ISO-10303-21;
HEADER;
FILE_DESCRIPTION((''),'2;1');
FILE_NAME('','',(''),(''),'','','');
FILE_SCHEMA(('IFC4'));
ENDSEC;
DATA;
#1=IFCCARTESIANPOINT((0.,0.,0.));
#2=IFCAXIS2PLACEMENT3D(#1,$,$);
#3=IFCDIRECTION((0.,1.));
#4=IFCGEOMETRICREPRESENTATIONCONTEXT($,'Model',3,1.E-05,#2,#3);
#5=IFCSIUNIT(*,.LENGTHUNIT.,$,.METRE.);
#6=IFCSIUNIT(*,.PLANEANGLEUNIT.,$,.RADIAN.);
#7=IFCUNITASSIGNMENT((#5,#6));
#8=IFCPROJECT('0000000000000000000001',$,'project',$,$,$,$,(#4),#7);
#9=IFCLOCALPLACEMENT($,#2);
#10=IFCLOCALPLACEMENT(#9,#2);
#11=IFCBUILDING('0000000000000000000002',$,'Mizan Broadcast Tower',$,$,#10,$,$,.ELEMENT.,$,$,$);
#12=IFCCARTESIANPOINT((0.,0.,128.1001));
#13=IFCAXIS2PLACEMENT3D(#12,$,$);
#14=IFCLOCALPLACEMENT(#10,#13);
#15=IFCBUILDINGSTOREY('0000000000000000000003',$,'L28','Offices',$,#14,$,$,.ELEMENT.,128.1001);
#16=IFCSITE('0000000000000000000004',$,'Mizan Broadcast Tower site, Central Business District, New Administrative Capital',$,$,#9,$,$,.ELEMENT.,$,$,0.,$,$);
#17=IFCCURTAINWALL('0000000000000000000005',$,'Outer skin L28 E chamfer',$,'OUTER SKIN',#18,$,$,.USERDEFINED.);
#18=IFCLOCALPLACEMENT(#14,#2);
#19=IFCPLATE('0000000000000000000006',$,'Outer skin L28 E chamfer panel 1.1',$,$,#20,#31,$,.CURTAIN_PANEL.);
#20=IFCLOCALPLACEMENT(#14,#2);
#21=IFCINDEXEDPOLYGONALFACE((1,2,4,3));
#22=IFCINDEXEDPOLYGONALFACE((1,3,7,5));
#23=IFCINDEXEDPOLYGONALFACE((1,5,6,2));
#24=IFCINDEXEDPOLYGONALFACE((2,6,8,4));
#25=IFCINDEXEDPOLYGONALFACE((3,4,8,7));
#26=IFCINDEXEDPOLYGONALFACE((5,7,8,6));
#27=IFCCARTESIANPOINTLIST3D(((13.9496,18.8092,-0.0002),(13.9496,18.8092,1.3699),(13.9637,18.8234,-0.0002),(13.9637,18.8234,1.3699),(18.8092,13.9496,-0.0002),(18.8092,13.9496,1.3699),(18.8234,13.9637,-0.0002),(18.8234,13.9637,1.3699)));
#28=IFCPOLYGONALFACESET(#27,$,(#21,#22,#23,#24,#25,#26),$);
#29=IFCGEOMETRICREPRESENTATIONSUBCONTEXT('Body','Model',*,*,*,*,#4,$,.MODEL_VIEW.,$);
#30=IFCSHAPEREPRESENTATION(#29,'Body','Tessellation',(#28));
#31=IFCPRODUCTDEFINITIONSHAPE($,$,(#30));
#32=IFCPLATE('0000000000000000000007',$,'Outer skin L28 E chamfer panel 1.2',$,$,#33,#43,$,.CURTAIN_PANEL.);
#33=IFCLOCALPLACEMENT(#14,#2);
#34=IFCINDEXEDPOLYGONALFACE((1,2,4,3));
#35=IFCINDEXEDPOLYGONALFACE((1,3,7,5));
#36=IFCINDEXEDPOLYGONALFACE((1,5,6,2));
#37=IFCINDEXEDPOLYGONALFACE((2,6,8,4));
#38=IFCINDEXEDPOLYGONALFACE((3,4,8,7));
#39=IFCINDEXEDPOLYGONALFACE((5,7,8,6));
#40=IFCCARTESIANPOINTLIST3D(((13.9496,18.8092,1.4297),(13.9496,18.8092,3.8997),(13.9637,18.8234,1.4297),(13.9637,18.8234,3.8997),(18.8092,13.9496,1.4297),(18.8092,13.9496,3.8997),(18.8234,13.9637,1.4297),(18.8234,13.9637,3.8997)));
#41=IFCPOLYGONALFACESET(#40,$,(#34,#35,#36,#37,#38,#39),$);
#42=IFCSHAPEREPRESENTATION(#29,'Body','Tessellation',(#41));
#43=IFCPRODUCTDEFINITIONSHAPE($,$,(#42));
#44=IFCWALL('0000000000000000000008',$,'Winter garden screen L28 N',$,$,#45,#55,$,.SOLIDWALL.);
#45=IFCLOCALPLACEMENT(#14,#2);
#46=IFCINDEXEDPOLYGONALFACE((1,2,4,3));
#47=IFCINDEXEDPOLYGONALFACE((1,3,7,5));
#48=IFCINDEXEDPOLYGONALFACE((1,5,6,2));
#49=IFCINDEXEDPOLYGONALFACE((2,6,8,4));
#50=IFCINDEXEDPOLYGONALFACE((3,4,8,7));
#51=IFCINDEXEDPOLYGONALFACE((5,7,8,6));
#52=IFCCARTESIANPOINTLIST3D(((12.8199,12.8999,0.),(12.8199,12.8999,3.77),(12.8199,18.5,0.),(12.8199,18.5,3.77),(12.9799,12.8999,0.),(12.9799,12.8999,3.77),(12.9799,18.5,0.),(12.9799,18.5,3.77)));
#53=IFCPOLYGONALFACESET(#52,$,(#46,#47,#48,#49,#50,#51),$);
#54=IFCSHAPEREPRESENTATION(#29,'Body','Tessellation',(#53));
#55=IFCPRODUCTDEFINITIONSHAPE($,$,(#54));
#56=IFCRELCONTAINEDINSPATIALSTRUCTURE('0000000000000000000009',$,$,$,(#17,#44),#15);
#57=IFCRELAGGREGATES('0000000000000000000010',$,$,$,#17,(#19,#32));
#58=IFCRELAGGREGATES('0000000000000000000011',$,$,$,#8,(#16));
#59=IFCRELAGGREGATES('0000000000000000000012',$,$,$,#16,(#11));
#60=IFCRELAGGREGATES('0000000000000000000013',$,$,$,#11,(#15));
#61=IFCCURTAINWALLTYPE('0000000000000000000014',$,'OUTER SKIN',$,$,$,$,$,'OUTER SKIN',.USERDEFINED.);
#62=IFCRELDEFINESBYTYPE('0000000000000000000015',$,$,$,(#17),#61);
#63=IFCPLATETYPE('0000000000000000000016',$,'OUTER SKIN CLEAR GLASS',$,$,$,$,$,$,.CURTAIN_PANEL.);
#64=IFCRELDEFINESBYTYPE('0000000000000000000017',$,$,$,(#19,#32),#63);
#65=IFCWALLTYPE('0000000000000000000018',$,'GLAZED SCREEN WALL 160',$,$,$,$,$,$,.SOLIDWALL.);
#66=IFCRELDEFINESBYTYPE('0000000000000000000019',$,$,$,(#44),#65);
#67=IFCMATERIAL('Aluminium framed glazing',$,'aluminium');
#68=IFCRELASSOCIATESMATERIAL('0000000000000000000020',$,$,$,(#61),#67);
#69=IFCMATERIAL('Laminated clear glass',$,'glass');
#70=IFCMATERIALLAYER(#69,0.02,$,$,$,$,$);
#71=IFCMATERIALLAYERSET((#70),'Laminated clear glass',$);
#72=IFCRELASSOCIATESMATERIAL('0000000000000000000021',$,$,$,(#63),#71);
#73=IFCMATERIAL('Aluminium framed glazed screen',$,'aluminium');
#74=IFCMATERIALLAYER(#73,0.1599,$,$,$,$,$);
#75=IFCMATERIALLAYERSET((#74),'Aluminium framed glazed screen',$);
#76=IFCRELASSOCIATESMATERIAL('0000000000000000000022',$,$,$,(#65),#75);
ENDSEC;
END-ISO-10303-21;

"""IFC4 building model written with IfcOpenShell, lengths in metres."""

from ifc_helpers import new_model, si_unit, direction, frame, frame_2d, origin, origin_2d, place, context, subcontext, project, spatial, rectangle, extrude, material, layer, layer_set, type_object, element, aggregate, save


model = new_model("IFC4")

# Units and contexts
model_context = context("Model", 3, precision=1e-05, world=origin(), true_north=direction((0.0, 1.0)))
body_context = subcontext(model_context, "Body", "Model", "MODEL_VIEW")
ifc_project = project(units=[si_unit("LENGTHUNIT", "METRE"), si_unit("PLANEANGLEUNIT", "RADIAN")], contexts=[model_context])

# Site, building, storey
site_placement = place(None, origin())
site = spatial("IfcSite", under=ifc_project, at=site_placement, Name="Mizan Broadcast Tower site, Central Business District, New Administrative Capital", CompositionType="ELEMENT", RefElevation=0.0)
building_placement = place(site_placement, origin())
building = spatial("IfcBuilding", under=site, at=building_placement, Name="Mizan Broadcast Tower", CompositionType="ELEMENT")
storey_placement = place(building_placement, frame((0.0, 0.0, 128.1001)))
storey = spatial("IfcBuildingStorey", under=building, at=storey_placement, Name="L28", Description="Offices", CompositionType="ELEMENT", Elevation=128.1001)

# Curtain wall
ifc_material_1 = material(Name="Aluminium framed glazing", Category="aluminium")
curtain_wall_type_1 = type_object("IfcCurtainWallType", Name="OUTER SKIN", ElementType="OUTER SKIN", PredefinedType="USERDEFINED", material=ifc_material_1)
curtain_wall_1_placement = place(storey_placement, origin())
curtain_wall_1 = element("IfcCurtainWall", 1, at=curtain_wall_1_placement, inside=storey, type_object=curtain_wall_type_1, Name="Outer skin L28 E chamfer", ObjectType="OUTER SKIN", PredefinedType="USERDEFINED")

# Plates
ifc_material_2 = material(Name="Laminated clear glass", Category="glass")
ifc_layer_1 = layer(ifc_material_2, 0.02)
ifc_layer_set_1 = layer_set([ifc_layer_1], Name="Laminated clear glass")
plate_type = type_object("IfcPlateType", Name="OUTER SKIN CLEAR GLASS", PredefinedType="CURTAIN_PANEL", material=ifc_layer_set_1)
plate_1_placement = place(storey_placement, frame((16.3865, 16.3865, -0.0002), z_axis=(0.0, 0.0, 1.0), x_axis=(-0.707107, 0.707107, 0.0)))
plate_1 = element("IfcPlate", 2, at=plate_1_placement, type_object=plate_type, Name="Outer skin L28 E chamfer panel 1.1", PredefinedType="CURTAIN_PANEL", context=body_context, shape_type="SweptSolid", body=[
    extrude(rectangle(XDim=6.8726, YDim=0.02, at=origin_2d()), origin(), (0.0, 0.0, 1.0), 1.3701),
])
plate_2_placement = place(storey_placement, frame((16.3865, 16.3865, 1.4297), z_axis=(0.0, 0.0, 1.0), x_axis=(-0.707107, 0.707107, 0.0)))
plate_2 = element("IfcPlate", 3, at=plate_2_placement, type_object=plate_type, Name="Outer skin L28 E chamfer panel 1.2", PredefinedType="CURTAIN_PANEL", context=body_context, shape_type="SweptSolid", body=[
    extrude(rectangle(XDim=6.8726, YDim=0.02, at=origin_2d()), origin(), (0.0, 0.0, 1.0), 2.47),
])
aggregate(curtain_wall_1, [plate_1, plate_2])

# Wall
ifc_material_3 = material(Name="Aluminium framed glazed screen", Category="aluminium")
ifc_layer_2 = layer(ifc_material_3, 0.1599)
ifc_layer_set_2 = layer_set([ifc_layer_2], Name="Aluminium framed glazed screen")
wall_type = type_object("IfcWallType", Name="GLAZED SCREEN WALL 160", PredefinedType="SOLIDWALL", material=ifc_layer_set_2)
wall_placement = place(storey_placement, frame((12.8999, 12.8999, 0.0), z_axis=(0.0, 0.0, 1.0), x_axis=(0.0, 1.0, 0.0)))
element("IfcWall", 4, at=wall_placement, inside=storey, type_object=wall_type, Name="Winter garden screen L28 N", PredefinedType="SOLIDWALL", context=body_context, shape_type="SweptSolid", body=[
    extrude(rectangle(XDim=5.6001, YDim=0.1599, at=frame_2d((2.8, 0.0))), origin(), (0.0, 0.0, 1.0), 3.77),
])

save(model, "model.ifc")
